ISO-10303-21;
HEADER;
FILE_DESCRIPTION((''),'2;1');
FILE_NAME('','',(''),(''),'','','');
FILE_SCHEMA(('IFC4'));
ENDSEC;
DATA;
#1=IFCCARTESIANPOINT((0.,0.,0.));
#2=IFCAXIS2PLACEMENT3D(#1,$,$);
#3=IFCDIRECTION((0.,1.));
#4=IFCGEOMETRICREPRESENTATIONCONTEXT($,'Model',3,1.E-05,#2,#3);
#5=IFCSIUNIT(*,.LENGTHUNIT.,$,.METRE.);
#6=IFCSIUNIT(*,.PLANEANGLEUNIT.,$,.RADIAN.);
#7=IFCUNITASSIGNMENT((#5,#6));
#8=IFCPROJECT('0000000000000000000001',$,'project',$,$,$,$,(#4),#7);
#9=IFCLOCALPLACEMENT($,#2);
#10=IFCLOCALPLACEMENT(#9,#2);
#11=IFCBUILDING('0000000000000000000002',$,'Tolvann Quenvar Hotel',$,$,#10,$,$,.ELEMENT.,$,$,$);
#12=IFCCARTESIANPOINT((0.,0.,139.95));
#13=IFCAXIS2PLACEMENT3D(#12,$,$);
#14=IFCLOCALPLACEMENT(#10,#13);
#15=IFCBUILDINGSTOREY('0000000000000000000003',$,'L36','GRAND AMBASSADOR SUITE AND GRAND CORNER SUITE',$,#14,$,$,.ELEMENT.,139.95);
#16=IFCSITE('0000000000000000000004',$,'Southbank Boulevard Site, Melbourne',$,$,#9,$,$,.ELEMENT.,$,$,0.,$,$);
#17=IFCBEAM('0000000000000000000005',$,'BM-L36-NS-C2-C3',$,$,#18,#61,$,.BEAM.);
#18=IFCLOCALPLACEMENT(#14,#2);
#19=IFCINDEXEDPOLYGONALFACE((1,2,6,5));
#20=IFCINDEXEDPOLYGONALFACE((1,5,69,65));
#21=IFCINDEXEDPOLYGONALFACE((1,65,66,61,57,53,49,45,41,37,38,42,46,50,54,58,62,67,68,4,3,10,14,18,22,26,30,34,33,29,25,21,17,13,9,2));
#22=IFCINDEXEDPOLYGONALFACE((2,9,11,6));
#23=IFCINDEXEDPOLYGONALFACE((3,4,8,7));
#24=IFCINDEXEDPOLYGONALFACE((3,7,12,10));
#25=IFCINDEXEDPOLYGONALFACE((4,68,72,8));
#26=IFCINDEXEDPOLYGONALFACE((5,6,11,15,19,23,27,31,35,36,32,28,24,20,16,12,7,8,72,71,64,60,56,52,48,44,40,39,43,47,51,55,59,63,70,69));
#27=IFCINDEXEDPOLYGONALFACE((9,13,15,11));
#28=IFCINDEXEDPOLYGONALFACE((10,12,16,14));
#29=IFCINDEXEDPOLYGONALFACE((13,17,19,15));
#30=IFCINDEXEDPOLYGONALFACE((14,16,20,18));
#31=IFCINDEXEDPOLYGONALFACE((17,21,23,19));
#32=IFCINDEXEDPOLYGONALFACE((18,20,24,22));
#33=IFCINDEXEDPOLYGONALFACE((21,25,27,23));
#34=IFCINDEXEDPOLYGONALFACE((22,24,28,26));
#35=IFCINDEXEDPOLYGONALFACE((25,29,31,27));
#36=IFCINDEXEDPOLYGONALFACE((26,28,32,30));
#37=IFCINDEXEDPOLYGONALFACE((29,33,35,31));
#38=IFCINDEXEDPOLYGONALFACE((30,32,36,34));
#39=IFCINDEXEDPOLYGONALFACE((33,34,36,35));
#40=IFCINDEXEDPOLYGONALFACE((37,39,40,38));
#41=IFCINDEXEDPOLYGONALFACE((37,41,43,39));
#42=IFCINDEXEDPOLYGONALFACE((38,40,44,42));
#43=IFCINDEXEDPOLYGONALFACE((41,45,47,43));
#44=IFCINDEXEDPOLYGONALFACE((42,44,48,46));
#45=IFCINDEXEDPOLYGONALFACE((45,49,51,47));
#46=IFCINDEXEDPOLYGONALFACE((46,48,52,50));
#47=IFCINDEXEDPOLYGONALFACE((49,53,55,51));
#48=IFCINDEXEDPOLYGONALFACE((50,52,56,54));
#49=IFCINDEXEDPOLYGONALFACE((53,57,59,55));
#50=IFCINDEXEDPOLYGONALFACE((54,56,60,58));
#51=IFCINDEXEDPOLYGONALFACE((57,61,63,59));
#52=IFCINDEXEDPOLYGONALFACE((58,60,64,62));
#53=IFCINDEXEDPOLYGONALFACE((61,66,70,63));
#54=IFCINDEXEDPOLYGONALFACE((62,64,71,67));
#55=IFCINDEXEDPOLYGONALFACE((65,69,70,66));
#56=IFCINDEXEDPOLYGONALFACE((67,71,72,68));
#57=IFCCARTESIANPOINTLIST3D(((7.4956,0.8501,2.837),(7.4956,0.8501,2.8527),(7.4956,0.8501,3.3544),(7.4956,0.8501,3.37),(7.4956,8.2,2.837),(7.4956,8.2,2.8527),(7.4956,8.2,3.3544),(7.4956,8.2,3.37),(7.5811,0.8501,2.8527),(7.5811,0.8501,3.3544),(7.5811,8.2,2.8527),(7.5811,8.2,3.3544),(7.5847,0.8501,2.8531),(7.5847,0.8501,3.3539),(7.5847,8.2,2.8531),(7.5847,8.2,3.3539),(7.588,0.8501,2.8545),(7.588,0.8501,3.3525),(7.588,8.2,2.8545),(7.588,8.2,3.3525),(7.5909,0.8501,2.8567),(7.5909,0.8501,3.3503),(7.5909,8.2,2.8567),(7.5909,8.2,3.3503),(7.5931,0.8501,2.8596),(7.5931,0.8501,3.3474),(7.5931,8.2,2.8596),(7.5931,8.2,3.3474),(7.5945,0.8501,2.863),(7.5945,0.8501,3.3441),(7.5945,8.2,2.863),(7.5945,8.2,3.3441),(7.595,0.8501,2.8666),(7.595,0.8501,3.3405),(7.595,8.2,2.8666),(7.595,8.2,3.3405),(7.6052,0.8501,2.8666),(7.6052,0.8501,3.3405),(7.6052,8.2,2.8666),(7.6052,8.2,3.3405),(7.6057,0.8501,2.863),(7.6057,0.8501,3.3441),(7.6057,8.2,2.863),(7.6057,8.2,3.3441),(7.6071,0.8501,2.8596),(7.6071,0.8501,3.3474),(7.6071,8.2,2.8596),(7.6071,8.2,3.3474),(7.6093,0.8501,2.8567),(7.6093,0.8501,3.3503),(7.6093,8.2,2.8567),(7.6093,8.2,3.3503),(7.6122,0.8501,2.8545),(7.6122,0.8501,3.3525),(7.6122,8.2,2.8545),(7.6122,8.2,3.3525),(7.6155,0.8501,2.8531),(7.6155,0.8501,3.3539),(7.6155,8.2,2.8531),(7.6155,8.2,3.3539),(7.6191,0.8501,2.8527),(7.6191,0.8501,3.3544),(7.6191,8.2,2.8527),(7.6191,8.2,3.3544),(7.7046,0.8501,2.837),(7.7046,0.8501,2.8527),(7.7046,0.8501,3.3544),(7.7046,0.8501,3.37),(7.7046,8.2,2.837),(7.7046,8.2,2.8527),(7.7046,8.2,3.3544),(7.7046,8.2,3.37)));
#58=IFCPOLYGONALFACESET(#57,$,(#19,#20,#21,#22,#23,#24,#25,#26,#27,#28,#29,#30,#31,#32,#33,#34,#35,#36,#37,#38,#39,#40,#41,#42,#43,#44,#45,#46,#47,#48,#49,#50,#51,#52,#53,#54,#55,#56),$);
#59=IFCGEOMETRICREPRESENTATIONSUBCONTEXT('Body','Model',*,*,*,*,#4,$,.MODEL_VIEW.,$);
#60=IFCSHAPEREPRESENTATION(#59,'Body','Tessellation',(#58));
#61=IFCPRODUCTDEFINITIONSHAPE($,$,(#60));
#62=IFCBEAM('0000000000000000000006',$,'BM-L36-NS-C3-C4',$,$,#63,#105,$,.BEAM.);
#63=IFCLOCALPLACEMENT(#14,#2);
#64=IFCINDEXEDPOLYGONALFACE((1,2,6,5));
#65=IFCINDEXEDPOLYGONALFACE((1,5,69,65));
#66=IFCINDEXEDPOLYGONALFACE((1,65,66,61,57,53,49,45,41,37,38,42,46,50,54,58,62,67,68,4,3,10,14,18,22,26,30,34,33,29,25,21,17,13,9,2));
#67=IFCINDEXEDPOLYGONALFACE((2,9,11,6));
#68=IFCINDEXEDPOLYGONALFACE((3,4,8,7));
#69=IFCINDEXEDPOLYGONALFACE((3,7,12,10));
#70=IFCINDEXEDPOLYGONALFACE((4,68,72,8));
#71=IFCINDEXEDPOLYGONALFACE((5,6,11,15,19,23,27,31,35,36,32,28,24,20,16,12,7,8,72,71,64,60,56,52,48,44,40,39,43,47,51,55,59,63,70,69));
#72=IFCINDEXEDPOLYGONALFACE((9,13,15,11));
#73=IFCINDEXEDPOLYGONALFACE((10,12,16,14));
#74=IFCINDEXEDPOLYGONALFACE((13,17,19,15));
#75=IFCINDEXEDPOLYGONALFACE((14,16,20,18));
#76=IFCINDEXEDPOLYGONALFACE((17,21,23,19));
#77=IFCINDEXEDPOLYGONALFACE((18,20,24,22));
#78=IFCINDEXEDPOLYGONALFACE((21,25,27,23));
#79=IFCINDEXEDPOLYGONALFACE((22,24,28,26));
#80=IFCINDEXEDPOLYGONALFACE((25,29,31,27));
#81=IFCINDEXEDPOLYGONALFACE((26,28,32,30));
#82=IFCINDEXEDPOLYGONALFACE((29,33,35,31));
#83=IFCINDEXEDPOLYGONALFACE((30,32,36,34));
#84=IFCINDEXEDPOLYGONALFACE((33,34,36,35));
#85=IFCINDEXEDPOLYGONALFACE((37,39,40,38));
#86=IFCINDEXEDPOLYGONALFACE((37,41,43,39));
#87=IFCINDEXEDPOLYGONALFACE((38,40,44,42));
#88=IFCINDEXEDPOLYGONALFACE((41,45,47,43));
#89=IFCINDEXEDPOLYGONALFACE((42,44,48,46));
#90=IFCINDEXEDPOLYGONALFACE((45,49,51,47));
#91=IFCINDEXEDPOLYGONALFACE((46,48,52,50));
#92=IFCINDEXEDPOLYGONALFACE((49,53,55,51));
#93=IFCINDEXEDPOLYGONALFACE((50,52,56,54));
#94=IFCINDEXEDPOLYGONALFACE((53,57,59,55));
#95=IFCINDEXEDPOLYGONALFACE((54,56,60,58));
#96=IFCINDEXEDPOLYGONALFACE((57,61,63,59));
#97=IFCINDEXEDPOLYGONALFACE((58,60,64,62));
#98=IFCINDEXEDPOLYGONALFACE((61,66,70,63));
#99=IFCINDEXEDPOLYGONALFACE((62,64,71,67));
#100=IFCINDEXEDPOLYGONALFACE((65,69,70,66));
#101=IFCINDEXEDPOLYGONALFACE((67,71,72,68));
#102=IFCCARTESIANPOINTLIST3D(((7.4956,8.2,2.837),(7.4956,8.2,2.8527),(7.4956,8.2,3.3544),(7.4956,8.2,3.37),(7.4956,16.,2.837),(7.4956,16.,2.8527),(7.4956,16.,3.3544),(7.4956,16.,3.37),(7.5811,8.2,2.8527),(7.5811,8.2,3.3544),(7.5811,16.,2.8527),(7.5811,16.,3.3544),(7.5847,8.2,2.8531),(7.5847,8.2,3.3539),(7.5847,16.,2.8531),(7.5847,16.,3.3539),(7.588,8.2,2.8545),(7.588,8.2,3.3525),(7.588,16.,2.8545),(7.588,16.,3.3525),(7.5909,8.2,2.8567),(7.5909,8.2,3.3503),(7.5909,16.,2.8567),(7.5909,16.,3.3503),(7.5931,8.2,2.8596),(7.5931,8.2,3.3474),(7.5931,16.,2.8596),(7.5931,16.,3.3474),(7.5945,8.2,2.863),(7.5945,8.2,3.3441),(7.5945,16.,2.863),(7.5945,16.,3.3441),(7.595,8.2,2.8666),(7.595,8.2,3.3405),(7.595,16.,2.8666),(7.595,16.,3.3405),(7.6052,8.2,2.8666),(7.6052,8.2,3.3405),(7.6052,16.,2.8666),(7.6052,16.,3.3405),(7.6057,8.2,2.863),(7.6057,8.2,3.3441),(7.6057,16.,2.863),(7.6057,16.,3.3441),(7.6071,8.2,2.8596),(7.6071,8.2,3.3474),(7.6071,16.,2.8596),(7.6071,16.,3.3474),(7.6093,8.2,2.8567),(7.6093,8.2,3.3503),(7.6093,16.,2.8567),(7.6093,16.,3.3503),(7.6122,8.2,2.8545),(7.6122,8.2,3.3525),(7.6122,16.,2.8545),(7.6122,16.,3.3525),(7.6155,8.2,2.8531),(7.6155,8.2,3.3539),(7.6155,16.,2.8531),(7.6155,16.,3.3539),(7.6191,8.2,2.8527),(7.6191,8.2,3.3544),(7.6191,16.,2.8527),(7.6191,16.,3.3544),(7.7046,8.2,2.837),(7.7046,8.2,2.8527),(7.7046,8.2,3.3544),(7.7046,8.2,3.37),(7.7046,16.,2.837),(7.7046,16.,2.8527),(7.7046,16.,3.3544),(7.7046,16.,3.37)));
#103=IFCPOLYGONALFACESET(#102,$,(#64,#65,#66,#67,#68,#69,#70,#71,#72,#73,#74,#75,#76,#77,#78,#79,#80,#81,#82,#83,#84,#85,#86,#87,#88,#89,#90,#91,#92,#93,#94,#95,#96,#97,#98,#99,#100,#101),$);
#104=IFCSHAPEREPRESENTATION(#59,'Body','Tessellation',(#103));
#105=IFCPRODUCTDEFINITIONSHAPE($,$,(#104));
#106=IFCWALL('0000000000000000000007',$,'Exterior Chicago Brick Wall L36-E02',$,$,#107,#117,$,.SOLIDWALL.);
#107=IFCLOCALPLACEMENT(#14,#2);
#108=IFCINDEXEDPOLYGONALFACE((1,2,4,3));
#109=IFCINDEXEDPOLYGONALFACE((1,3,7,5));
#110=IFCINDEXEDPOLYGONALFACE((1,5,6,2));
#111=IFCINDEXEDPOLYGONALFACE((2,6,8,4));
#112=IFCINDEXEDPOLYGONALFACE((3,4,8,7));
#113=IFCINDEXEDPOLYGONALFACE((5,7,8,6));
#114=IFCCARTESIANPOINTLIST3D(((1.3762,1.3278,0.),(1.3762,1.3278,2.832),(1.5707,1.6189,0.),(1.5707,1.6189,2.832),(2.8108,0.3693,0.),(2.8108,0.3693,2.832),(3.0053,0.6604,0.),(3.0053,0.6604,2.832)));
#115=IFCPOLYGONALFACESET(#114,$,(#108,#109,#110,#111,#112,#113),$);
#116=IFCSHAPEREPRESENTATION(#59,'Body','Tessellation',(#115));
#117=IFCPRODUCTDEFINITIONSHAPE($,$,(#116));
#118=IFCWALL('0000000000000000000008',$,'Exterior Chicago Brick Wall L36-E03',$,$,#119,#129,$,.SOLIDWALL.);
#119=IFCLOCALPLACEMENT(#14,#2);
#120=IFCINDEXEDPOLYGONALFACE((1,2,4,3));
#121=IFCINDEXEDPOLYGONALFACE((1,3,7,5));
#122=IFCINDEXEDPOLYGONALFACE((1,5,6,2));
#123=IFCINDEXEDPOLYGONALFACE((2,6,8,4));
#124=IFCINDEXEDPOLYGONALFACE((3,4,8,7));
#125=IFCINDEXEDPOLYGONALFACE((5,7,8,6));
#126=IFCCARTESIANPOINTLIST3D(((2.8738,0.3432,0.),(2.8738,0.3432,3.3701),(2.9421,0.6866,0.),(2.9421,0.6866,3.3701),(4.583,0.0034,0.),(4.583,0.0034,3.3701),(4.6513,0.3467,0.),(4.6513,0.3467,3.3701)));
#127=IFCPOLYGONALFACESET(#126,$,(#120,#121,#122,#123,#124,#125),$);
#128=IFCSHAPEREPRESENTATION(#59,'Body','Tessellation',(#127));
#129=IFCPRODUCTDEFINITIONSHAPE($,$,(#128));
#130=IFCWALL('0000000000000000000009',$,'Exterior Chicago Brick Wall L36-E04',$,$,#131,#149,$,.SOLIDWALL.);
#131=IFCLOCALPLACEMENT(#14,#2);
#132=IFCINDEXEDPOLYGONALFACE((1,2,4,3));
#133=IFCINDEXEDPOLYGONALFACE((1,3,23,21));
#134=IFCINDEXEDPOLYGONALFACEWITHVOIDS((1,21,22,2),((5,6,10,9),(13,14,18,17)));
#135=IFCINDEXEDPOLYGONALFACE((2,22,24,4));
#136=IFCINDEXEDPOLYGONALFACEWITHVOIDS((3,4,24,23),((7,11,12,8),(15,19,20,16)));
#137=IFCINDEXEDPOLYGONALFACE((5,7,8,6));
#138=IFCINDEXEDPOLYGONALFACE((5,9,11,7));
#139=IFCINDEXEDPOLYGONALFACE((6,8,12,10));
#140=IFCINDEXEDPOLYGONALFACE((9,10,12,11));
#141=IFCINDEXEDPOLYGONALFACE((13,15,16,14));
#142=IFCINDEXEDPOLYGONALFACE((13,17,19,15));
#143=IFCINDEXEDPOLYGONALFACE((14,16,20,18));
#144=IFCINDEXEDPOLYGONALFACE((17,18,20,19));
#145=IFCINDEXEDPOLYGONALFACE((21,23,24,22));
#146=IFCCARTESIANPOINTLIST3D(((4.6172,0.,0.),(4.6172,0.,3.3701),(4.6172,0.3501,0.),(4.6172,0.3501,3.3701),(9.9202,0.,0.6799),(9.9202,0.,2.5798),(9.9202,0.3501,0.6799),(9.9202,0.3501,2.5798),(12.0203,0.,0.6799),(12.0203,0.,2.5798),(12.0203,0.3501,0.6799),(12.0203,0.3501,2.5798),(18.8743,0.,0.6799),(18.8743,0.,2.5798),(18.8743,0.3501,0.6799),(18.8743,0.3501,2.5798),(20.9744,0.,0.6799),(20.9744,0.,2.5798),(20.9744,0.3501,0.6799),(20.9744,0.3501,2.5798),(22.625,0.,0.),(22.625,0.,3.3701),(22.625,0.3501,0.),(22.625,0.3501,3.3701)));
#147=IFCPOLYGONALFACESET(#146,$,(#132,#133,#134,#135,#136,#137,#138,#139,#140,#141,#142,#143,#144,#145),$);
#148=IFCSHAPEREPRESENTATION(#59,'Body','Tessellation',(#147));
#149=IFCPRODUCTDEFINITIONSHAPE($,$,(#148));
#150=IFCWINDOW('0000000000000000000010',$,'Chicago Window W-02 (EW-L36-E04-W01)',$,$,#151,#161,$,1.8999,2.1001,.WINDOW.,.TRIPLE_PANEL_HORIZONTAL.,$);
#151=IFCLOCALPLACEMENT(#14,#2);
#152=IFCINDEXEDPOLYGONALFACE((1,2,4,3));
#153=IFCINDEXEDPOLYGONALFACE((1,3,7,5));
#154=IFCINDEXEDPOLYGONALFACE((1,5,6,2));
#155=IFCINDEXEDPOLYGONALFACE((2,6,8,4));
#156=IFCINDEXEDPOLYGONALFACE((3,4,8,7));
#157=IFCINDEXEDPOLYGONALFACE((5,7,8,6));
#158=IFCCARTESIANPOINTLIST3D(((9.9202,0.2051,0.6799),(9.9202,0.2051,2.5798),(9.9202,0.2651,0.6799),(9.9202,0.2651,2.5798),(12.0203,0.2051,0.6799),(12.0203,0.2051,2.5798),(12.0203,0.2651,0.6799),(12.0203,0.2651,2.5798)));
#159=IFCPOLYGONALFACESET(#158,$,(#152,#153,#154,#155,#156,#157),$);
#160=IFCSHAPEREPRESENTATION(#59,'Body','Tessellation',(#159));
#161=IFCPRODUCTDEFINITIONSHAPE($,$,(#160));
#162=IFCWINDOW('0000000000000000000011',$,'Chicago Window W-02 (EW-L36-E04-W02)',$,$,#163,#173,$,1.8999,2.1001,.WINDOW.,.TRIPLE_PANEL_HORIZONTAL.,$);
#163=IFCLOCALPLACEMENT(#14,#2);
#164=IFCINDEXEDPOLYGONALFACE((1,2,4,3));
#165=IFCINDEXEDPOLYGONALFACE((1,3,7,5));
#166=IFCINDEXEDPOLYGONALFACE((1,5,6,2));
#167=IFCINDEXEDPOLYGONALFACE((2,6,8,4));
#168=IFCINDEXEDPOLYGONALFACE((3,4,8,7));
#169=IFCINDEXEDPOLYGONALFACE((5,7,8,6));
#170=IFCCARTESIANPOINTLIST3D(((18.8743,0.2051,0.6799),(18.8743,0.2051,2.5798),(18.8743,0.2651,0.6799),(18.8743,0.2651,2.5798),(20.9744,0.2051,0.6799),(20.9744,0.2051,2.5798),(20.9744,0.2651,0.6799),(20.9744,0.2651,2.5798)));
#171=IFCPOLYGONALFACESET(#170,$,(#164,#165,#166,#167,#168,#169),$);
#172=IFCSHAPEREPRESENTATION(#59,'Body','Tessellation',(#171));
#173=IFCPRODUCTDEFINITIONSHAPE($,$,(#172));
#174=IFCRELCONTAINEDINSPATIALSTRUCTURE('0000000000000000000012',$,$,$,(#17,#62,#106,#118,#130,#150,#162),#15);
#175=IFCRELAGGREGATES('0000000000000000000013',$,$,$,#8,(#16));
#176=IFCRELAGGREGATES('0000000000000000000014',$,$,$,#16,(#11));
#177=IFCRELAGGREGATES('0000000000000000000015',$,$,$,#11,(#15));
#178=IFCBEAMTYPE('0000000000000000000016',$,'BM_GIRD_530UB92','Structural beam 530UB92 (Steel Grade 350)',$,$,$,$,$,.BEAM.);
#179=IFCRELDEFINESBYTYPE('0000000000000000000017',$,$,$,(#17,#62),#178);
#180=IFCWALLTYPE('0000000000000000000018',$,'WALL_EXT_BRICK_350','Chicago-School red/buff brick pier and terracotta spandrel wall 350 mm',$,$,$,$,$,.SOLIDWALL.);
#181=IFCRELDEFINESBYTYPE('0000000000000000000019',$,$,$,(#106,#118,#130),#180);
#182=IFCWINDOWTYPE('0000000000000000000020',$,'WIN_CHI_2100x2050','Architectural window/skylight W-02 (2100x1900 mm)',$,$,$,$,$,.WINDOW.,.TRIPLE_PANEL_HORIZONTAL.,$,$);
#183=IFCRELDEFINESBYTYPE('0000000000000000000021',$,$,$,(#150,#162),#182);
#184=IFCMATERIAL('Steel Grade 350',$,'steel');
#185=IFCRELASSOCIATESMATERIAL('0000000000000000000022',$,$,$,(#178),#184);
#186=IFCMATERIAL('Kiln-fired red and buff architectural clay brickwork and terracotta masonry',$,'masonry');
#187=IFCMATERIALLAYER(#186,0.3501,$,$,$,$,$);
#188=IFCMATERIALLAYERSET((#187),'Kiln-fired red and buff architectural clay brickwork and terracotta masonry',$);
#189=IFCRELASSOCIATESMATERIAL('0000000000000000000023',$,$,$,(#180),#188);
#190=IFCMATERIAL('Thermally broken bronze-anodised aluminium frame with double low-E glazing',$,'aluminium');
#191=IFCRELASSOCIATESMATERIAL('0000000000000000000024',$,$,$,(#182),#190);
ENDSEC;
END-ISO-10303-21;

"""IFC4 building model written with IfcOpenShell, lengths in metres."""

from ifc_helpers import new_model, si_unit, direction, frame, frame_2d, origin, origin_2d, place, context, subcontext, project, spatial, rectangle, i_section, extrude, source, transform, mapped, material, layer, layer_set, material_profile, profile_set, type_object, type_shapes, element, fill, save


model = new_model("IFC4")

# Units and contexts
model_context = context("Model", 3, precision=1e-05, world=origin(), true_north=direction((0.0, 1.0)))
body_context = subcontext(model_context, "Body", "Model", "MODEL_VIEW")
ifc_project = project(units=[si_unit("LENGTHUNIT", "METRE"), si_unit("PLANEANGLEUNIT", "RADIAN")], contexts=[model_context])

# Site, building, storey
site_placement = place(None, origin())
site = spatial("IfcSite", under=ifc_project, at=site_placement, Name="Southbank Boulevard Site, Melbourne", CompositionType="ELEMENT", RefElevation=0.0)
building_placement = place(site_placement, origin())
building = spatial("IfcBuilding", under=site, at=building_placement, Name="Tolvann Quenvar Hotel", CompositionType="ELEMENT")
storey_placement = place(building_placement, frame((0.0, 0.0, 139.95)))
storey = spatial("IfcBuildingStorey", under=building, at=storey_placement, Name="L36", Description="GRAND AMBASSADOR SUITE AND GRAND CORNER SUITE", CompositionType="ELEMENT", Elevation=139.95)

# Shared definitions
ifc_material_1 = material(Name="Steel Grade 350", Category="steel")

# Beams
ifc_material_profile_1 = material_profile(ifc_material_1, i_section(OverallWidth=0.209, OverallDepth=0.533, WebThickness=0.0103, FlangeThickness=0.0156, FilletRadius=0.0139, at=origin_2d()), Name="530UB92")
ifc_profile_set_1 = profile_set([ifc_material_profile_1], Name="Steel Grade 350")
beam_type_1 = type_object("IfcBeamType", Name="BM_GIRD_530UB92", Description="Structural beam 530UB92 (Steel Grade 350)", PredefinedType="BEAM", material=ifc_profile_set_1)
shared_shape_1 = source(origin(), body_context, "Body", "SweptSolid", [
    extrude(i_section(OverallWidth=0.209, OverallDepth=0.533, WebThickness=0.0103, FlangeThickness=0.0156, FilletRadius=0.0139, at=origin_2d()), origin(), (0.0, 0.0, 1.0), 7.3499),
])
beam_1_placement = place(storey_placement, frame((7.6001, 0.8501, 3.1035), z_axis=(0.0, 1.0, 0.0), x_axis=(-1.0, 0.0, 0.0)))
element("IfcBeam", 1, at=beam_1_placement, inside=storey, type_object=beam_type_1, Name="BM-L36-NS-C2-C3", PredefinedType="BEAM", context=body_context, shape_type="MappedRepresentation", body=[
    mapped(shared_shape_1, transform((0.0, 0.0, 0.0), x_axis=(1.0, 0.0, 0.0), y_axis=(0.0, 1.0, 0.0), z_axis=(0.0, 0.0, 1.0), scale=1.0)),
])
shared_shape_2 = source(origin(), body_context, "Body", "SweptSolid", [
    extrude(i_section(OverallWidth=0.209, OverallDepth=0.533, WebThickness=0.0103, FlangeThickness=0.0156, FilletRadius=0.0139, at=origin_2d()), origin(), (0.0, 0.0, 1.0), 7.8),
])
type_shapes(beam_type_1, [shared_shape_1, shared_shape_2])
beam_2_placement = place(storey_placement, frame((7.6001, 8.2, 3.1035), z_axis=(0.0, 1.0, 0.0), x_axis=(-1.0, 0.0, 0.0)))
element("IfcBeam", 2, at=beam_2_placement, inside=storey, type_object=beam_type_1, Name="BM-L36-NS-C3-C4", PredefinedType="BEAM", context=body_context, shape_type="MappedRepresentation", body=[
    mapped(shared_shape_2, transform((0.0, 0.0, 0.0), x_axis=(1.0, 0.0, 0.0), y_axis=(0.0, 1.0, 0.0), z_axis=(0.0, 0.0, 1.0), scale=1.0)),
])

# Walls
ifc_material_2 = material(Name="Kiln-fired red and buff architectural clay brickwork and terracotta masonry", Category="masonry")
ifc_layer = layer(ifc_material_2, 0.3501)
ifc_layer_set = layer_set([ifc_layer], Name="Kiln-fired red and buff architectural clay brickwork and terracotta masonry")
wall_type = type_object("IfcWallType", Name="WALL_EXT_BRICK_350", Description="Chicago-School red/buff brick pier and terracotta spandrel wall 350 mm", PredefinedType="SOLIDWALL", material=ifc_layer_set)
wall_1_placement = place(storey_placement, frame((1.4734, 1.4734, 0.0), z_axis=(0.0, 0.0, 1.0), x_axis=(0.831484, -0.555549, 0.0)))
element("IfcWall", 3, at=wall_1_placement, inside=storey, type_object=wall_type, Name="Exterior Chicago Brick Wall L36-E02", PredefinedType="SOLIDWALL", context=body_context, shape_type="SweptSolid", body=[
    extrude(rectangle(XDim=1.7253, YDim=0.3501, at=frame_2d((0.8628, 0.0))), origin(), (0.0, 0.0, 1.0), 2.832),
])
wall_2_placement = place(storey_placement, frame((2.908, 0.5149, 0.0), z_axis=(0.0, 0.0, 1.0), x_axis=(0.980801, -0.195011, 0.0)))
element("IfcWall", 4, at=wall_2_placement, inside=storey, type_object=wall_type, Name="Exterior Chicago Brick Wall L36-E03", PredefinedType="SOLIDWALL", context=body_context, shape_type="SweptSolid", body=[
    extrude(rectangle(XDim=1.7427, YDim=0.3501, at=frame_2d((0.8713, 0.0))), origin(), (0.0, 0.0, 1.0), 3.3701),
])

# Wall, openings, windows
wall_3_placement = place(storey_placement, frame((4.6172, 0.175, 0.0), z_axis=(0.0, 0.0, 1.0), x_axis=(1.0, 0.0, 0.0)))
wall_3 = element("IfcWall", 5, at=wall_3_placement, inside=storey, type_object=wall_type, Name="Exterior Chicago Brick Wall L36-E04", PredefinedType="SOLIDWALL", context=body_context, shape_type="SweptSolid", body=[
    extrude(rectangle(XDim=18.0078, YDim=0.3501, at=frame_2d((9.0039, 0.0))), origin(), (0.0, 0.0, 1.0), 3.3701),
])
opening_1_placement = place(wall_3_placement, frame((5.303, 0.0, 0.6799)))
opening_1 = element("IfcOpeningElement", 6, at=opening_1_placement, cuts=wall_3, PredefinedType="OPENING", context=body_context, shape_type="SweptSolid", body=[
    extrude(rectangle(XDim=2.1001, YDim=1.8999, at=frame_2d((1.05, 0.95))), frame((0.0, 0.1851, 0.0), z_axis=(0.0, -1.0, 0.0), x_axis=(1.0, 0.0, 0.0)), (0.0, 0.0, 1.0), 0.3701),
])
opening_2_placement = place(wall_3_placement, frame((14.2571, 0.0, 0.6799)))
opening_2 = element("IfcOpeningElement", 7, at=opening_2_placement, cuts=wall_3, PredefinedType="OPENING", context=body_context, shape_type="SweptSolid", body=[
    extrude(rectangle(XDim=2.1001, YDim=1.8999, at=frame_2d((1.05, 0.95))), frame((0.0, 0.1851, 0.0), z_axis=(0.0, -1.0, 0.0), x_axis=(1.0, 0.0, 0.0)), (0.0, 0.0, 1.0), 0.3701),
])
ifc_material_3 = material(Name="Thermally broken bronze-anodised aluminium frame with double low-E glazing", Category="aluminium")
window_type = type_object("IfcWindowType", Name="WIN_CHI_2100x2050", Description="Architectural window/skylight W-02 (2100x1900 mm)", PartitioningType="TRIPLE_PANEL_HORIZONTAL", PredefinedType="WINDOW", material=ifc_material_3)
shared_shape_3 = source(origin(), body_context, "Body", "SweptSolid", [
    extrude(rectangle(XDim=2.1001, YDim=1.8999, at=frame_2d((1.05, 0.95))), frame((0.0, 0.0901, 0.0), z_axis=(0.0, -1.0, 0.0), x_axis=(1.0, 0.0, 0.0)), (0.0, 0.0, 1.0), 0.0601),
])
type_shapes(window_type, [shared_shape_3])
window_1_placement = place(opening_1_placement, origin())
window_1 = element("IfcWindow", 8, at=window_1_placement, inside=storey, type_object=window_type, Name="Chicago Window W-02 (EW-L36-E04-W01)", OverallHeight=1.8999, OverallWidth=2.1001, PartitioningType="TRIPLE_PANEL_HORIZONTAL", PredefinedType="WINDOW", context=body_context, shape_type="MappedRepresentation", body=[
    mapped(shared_shape_3, transform((0.0, 0.0, 0.0), x_axis=(1.0, 0.0, 0.0), y_axis=(0.0, 1.0, 0.0), z_axis=(0.0, 0.0, 1.0), scale=1.0)),
])
fill(opening_1, window_1)
window_2_placement = place(opening_2_placement, origin())
window_2 = element("IfcWindow", 9, at=window_2_placement, inside=storey, type_object=window_type, Name="Chicago Window W-02 (EW-L36-E04-W02)", OverallHeight=1.8999, OverallWidth=2.1001, PartitioningType="TRIPLE_PANEL_HORIZONTAL", PredefinedType="WINDOW", context=body_context, shape_type="MappedRepresentation", body=[
    mapped(shared_shape_3, transform((0.0, 0.0, 0.0), x_axis=(1.0, 0.0, 0.0), y_axis=(0.0, 1.0, 0.0), z_axis=(0.0, 0.0, 1.0), scale=1.0)),
])
fill(opening_2, window_2)

save(model, "model.ifc")
